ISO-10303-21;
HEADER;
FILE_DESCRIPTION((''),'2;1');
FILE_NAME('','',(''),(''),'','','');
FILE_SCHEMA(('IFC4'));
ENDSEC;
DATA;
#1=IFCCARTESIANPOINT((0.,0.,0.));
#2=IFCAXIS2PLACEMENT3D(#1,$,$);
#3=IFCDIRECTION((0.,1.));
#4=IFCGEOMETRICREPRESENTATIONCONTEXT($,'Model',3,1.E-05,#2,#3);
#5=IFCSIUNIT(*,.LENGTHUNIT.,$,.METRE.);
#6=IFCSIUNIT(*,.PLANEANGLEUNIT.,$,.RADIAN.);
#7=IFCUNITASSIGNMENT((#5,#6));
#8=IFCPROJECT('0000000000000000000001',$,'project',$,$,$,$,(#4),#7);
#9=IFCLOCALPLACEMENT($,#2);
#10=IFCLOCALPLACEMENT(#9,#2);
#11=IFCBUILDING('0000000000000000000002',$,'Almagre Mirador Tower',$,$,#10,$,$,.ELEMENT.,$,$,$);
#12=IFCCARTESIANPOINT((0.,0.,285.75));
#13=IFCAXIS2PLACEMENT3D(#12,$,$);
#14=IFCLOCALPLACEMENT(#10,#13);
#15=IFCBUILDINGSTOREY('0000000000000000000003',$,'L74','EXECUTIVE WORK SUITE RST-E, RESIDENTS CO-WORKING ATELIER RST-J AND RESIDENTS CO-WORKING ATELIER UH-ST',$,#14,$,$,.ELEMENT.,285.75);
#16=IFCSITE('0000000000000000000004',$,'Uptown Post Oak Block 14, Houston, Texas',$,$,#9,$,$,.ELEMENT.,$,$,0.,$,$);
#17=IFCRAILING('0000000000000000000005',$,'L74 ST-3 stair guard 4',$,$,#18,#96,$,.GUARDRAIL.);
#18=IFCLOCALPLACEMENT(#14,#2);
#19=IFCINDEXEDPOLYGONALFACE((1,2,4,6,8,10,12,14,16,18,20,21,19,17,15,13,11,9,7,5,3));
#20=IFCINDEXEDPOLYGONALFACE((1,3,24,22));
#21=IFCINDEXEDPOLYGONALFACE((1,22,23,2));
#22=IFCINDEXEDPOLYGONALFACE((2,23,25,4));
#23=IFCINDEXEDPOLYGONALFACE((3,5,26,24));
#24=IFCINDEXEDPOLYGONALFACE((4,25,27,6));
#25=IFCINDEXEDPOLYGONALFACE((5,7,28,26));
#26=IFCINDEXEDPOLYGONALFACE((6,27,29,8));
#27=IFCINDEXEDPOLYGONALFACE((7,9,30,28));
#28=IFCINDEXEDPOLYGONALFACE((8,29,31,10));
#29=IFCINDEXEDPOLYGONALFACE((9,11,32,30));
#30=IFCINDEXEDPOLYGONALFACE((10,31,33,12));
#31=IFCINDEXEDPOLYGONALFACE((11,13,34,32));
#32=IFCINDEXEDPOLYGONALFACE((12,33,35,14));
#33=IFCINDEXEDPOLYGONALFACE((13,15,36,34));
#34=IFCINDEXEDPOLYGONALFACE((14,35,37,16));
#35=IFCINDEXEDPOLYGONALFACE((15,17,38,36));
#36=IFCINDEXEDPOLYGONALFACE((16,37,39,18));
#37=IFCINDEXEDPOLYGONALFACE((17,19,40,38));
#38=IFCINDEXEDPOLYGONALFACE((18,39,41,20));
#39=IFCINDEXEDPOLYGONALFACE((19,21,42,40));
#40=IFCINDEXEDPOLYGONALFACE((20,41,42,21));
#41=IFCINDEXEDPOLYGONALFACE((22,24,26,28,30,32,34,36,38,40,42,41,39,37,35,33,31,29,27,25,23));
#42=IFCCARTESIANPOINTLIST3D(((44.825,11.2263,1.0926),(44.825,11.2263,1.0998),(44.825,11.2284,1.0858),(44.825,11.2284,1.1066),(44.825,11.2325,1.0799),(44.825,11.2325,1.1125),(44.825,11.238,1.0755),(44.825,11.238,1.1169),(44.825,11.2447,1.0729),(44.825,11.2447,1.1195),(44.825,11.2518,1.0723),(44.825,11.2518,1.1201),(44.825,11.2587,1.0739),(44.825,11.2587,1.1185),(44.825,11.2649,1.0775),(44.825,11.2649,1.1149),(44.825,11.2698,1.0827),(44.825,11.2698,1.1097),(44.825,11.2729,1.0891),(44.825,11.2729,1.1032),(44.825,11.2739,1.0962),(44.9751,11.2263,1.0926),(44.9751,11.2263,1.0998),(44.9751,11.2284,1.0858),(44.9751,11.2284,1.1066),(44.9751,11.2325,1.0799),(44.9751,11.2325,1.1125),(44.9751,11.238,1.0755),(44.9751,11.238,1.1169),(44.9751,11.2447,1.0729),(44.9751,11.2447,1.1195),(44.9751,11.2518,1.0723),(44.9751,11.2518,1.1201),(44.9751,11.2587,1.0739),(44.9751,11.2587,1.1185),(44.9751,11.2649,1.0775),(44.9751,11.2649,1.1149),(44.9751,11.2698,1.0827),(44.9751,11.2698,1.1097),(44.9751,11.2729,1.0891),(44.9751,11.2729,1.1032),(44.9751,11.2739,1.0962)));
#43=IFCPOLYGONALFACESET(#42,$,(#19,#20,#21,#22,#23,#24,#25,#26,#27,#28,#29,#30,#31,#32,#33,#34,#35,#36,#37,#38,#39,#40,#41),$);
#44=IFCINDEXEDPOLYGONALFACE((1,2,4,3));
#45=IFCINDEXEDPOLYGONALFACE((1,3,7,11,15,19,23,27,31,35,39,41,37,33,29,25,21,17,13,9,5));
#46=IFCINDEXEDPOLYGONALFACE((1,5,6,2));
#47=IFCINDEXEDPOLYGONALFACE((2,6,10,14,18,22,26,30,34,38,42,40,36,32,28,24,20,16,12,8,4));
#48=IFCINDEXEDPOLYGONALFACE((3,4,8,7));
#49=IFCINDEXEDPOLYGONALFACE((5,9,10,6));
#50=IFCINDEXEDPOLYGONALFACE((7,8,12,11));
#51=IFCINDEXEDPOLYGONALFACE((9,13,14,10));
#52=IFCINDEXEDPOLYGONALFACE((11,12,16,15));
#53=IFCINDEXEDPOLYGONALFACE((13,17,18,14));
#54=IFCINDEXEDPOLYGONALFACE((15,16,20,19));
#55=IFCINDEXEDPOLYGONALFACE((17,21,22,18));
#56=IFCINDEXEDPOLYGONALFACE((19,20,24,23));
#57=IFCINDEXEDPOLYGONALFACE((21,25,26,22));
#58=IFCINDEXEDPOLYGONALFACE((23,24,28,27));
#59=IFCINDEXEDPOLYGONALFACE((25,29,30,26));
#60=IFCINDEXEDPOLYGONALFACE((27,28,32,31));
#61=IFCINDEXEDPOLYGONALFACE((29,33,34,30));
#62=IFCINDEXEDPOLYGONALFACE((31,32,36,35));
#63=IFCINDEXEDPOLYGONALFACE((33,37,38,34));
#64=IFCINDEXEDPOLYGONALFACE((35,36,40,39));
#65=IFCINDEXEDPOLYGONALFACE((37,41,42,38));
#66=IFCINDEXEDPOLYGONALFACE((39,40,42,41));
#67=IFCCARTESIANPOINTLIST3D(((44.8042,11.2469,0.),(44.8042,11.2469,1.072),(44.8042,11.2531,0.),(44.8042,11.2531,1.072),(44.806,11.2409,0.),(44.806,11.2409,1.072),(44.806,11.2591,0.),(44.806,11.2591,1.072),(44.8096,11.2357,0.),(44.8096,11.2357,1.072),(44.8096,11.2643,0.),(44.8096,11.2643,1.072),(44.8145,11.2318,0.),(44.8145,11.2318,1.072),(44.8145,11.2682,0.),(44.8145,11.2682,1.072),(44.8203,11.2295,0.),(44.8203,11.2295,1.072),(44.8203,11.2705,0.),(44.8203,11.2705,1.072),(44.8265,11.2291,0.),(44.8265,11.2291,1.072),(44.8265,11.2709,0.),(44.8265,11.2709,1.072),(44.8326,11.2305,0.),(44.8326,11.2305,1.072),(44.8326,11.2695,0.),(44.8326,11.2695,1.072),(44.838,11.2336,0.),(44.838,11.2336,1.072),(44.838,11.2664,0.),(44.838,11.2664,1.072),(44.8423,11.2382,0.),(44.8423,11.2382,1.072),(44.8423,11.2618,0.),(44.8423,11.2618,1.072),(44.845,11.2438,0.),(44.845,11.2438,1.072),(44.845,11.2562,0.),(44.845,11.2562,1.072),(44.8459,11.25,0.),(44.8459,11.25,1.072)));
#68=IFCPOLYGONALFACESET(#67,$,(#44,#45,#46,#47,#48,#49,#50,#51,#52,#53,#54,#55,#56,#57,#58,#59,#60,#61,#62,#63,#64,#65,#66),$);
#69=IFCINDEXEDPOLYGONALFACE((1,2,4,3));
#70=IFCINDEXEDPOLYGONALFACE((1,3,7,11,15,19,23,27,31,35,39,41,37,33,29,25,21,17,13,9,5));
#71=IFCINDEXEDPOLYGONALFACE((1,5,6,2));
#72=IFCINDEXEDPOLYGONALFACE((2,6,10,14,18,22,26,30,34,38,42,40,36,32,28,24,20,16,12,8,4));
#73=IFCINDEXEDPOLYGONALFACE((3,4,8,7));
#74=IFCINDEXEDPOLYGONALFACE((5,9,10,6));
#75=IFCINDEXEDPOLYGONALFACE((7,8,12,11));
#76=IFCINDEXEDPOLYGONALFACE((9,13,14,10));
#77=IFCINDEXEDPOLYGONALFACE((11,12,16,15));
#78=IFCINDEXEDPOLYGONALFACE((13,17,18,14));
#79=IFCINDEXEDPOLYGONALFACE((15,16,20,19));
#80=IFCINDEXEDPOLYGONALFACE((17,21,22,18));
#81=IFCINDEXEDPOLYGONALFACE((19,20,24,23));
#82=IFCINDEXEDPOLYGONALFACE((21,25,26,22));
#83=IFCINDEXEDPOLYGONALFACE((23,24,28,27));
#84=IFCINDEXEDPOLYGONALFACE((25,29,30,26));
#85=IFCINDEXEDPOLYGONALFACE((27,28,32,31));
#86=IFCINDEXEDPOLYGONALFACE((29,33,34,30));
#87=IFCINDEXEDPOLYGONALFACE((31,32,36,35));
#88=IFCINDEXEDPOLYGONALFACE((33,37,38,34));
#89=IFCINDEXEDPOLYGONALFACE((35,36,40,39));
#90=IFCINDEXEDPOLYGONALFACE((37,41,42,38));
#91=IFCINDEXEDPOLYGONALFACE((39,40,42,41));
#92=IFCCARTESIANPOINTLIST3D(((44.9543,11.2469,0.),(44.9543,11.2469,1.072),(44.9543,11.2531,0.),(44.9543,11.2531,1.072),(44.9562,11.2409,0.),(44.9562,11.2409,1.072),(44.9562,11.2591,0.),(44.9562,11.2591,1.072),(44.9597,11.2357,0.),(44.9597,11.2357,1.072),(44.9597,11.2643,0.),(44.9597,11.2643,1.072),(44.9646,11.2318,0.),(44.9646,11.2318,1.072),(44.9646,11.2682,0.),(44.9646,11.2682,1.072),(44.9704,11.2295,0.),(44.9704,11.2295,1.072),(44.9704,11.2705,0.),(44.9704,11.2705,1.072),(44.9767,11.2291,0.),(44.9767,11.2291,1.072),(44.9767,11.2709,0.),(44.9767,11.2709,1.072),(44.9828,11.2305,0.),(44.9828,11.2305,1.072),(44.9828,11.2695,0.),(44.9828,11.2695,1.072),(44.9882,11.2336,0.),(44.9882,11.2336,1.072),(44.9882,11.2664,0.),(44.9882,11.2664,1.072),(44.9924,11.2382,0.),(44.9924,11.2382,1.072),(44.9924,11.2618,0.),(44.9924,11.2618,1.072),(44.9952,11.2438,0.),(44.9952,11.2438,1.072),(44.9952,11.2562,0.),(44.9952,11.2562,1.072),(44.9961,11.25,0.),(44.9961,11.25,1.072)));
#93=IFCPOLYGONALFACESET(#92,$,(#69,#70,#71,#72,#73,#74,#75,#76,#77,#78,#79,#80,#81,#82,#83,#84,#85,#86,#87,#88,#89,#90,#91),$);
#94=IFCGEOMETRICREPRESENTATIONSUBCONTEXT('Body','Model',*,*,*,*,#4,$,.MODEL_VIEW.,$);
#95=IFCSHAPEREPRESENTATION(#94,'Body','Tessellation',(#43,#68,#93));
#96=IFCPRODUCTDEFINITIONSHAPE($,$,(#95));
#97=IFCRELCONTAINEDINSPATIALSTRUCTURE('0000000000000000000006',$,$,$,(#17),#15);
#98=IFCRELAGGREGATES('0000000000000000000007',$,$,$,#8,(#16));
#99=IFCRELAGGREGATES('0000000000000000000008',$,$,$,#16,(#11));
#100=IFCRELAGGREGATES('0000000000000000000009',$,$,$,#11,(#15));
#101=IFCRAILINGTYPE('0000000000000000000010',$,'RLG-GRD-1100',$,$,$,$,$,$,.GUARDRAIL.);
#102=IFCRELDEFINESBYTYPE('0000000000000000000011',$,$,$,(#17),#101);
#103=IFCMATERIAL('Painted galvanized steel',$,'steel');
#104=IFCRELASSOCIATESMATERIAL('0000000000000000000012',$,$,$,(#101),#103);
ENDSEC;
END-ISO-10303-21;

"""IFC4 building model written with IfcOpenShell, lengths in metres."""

from ifc_helpers import new_model, si_unit, direction, frame, origin, origin_2d, place, context, subcontext, project, spatial, circle, extrude, material, type_object, element, save


model = new_model("IFC4")

# Units and contexts
model_context = context("Model", 3, precision=1e-05, world=origin(), true_north=direction((0.0, 1.0)))
body_context = subcontext(model_context, "Body", "Model", "MODEL_VIEW")
ifc_project = project(units=[si_unit("LENGTHUNIT", "METRE"), si_unit("PLANEANGLEUNIT", "RADIAN")], contexts=[model_context])

# Site, building, storey
site_placement = place(None, origin())
site = spatial("IfcSite", under=ifc_project, at=site_placement, Name="Uptown Post Oak Block 14, Houston, Texas", CompositionType="ELEMENT", RefElevation=0.0)
building_placement = place(site_placement, origin())
building = spatial("IfcBuilding", under=site, at=building_placement, Name="Almagre Mirador Tower", CompositionType="ELEMENT")
storey_placement = place(building_placement, frame((0.0, 0.0, 285.75)))
storey = spatial("IfcBuildingStorey", under=building, at=storey_placement, Name="L74", Description="EXECUTIVE WORK SUITE RST-E, RESIDENTS CO-WORKING ATELIER RST-J AND RESIDENTS CO-WORKING ATELIER UH-ST", CompositionType="ELEMENT", Elevation=285.75)

# Railing
ifc_material_1 = material(Name="Painted galvanized steel", Category="steel")
railing_type_1 = type_object("IfcRailingType", Name="RLG-GRD-1100", PredefinedType="GUARDRAIL", material=ifc_material_1)
railing_1_placement = place(storey_placement, frame((44.825, 11.25, 0.0)))
element("IfcRailing", 1, at=railing_1_placement, inside=storey, type_object=railing_type_1, Name="L74 ST-3 stair guard 4", PredefinedType="GUARDRAIL", context=body_context, shape_type="SweptSolid", body=[
    extrude(circle(Radius=0.0239, at=origin_2d()), frame((0.0, 0.0, 1.0962), z_axis=(1.0, 0.0, 0.0), x_axis=(0.0, 1.0, 0.0)), (0.0, 0.0, 1.0), 0.1501),
    extrude(circle(Radius=0.021, at=origin_2d()), origin(), (0.0, 0.0, 1.0), 1.072),
    extrude(circle(Radius=0.021, at=origin_2d()), frame((0.1501, 0.0, 0.0)), (0.0, 0.0, 1.0), 1.072),
])

save(model, "model.ifc")
